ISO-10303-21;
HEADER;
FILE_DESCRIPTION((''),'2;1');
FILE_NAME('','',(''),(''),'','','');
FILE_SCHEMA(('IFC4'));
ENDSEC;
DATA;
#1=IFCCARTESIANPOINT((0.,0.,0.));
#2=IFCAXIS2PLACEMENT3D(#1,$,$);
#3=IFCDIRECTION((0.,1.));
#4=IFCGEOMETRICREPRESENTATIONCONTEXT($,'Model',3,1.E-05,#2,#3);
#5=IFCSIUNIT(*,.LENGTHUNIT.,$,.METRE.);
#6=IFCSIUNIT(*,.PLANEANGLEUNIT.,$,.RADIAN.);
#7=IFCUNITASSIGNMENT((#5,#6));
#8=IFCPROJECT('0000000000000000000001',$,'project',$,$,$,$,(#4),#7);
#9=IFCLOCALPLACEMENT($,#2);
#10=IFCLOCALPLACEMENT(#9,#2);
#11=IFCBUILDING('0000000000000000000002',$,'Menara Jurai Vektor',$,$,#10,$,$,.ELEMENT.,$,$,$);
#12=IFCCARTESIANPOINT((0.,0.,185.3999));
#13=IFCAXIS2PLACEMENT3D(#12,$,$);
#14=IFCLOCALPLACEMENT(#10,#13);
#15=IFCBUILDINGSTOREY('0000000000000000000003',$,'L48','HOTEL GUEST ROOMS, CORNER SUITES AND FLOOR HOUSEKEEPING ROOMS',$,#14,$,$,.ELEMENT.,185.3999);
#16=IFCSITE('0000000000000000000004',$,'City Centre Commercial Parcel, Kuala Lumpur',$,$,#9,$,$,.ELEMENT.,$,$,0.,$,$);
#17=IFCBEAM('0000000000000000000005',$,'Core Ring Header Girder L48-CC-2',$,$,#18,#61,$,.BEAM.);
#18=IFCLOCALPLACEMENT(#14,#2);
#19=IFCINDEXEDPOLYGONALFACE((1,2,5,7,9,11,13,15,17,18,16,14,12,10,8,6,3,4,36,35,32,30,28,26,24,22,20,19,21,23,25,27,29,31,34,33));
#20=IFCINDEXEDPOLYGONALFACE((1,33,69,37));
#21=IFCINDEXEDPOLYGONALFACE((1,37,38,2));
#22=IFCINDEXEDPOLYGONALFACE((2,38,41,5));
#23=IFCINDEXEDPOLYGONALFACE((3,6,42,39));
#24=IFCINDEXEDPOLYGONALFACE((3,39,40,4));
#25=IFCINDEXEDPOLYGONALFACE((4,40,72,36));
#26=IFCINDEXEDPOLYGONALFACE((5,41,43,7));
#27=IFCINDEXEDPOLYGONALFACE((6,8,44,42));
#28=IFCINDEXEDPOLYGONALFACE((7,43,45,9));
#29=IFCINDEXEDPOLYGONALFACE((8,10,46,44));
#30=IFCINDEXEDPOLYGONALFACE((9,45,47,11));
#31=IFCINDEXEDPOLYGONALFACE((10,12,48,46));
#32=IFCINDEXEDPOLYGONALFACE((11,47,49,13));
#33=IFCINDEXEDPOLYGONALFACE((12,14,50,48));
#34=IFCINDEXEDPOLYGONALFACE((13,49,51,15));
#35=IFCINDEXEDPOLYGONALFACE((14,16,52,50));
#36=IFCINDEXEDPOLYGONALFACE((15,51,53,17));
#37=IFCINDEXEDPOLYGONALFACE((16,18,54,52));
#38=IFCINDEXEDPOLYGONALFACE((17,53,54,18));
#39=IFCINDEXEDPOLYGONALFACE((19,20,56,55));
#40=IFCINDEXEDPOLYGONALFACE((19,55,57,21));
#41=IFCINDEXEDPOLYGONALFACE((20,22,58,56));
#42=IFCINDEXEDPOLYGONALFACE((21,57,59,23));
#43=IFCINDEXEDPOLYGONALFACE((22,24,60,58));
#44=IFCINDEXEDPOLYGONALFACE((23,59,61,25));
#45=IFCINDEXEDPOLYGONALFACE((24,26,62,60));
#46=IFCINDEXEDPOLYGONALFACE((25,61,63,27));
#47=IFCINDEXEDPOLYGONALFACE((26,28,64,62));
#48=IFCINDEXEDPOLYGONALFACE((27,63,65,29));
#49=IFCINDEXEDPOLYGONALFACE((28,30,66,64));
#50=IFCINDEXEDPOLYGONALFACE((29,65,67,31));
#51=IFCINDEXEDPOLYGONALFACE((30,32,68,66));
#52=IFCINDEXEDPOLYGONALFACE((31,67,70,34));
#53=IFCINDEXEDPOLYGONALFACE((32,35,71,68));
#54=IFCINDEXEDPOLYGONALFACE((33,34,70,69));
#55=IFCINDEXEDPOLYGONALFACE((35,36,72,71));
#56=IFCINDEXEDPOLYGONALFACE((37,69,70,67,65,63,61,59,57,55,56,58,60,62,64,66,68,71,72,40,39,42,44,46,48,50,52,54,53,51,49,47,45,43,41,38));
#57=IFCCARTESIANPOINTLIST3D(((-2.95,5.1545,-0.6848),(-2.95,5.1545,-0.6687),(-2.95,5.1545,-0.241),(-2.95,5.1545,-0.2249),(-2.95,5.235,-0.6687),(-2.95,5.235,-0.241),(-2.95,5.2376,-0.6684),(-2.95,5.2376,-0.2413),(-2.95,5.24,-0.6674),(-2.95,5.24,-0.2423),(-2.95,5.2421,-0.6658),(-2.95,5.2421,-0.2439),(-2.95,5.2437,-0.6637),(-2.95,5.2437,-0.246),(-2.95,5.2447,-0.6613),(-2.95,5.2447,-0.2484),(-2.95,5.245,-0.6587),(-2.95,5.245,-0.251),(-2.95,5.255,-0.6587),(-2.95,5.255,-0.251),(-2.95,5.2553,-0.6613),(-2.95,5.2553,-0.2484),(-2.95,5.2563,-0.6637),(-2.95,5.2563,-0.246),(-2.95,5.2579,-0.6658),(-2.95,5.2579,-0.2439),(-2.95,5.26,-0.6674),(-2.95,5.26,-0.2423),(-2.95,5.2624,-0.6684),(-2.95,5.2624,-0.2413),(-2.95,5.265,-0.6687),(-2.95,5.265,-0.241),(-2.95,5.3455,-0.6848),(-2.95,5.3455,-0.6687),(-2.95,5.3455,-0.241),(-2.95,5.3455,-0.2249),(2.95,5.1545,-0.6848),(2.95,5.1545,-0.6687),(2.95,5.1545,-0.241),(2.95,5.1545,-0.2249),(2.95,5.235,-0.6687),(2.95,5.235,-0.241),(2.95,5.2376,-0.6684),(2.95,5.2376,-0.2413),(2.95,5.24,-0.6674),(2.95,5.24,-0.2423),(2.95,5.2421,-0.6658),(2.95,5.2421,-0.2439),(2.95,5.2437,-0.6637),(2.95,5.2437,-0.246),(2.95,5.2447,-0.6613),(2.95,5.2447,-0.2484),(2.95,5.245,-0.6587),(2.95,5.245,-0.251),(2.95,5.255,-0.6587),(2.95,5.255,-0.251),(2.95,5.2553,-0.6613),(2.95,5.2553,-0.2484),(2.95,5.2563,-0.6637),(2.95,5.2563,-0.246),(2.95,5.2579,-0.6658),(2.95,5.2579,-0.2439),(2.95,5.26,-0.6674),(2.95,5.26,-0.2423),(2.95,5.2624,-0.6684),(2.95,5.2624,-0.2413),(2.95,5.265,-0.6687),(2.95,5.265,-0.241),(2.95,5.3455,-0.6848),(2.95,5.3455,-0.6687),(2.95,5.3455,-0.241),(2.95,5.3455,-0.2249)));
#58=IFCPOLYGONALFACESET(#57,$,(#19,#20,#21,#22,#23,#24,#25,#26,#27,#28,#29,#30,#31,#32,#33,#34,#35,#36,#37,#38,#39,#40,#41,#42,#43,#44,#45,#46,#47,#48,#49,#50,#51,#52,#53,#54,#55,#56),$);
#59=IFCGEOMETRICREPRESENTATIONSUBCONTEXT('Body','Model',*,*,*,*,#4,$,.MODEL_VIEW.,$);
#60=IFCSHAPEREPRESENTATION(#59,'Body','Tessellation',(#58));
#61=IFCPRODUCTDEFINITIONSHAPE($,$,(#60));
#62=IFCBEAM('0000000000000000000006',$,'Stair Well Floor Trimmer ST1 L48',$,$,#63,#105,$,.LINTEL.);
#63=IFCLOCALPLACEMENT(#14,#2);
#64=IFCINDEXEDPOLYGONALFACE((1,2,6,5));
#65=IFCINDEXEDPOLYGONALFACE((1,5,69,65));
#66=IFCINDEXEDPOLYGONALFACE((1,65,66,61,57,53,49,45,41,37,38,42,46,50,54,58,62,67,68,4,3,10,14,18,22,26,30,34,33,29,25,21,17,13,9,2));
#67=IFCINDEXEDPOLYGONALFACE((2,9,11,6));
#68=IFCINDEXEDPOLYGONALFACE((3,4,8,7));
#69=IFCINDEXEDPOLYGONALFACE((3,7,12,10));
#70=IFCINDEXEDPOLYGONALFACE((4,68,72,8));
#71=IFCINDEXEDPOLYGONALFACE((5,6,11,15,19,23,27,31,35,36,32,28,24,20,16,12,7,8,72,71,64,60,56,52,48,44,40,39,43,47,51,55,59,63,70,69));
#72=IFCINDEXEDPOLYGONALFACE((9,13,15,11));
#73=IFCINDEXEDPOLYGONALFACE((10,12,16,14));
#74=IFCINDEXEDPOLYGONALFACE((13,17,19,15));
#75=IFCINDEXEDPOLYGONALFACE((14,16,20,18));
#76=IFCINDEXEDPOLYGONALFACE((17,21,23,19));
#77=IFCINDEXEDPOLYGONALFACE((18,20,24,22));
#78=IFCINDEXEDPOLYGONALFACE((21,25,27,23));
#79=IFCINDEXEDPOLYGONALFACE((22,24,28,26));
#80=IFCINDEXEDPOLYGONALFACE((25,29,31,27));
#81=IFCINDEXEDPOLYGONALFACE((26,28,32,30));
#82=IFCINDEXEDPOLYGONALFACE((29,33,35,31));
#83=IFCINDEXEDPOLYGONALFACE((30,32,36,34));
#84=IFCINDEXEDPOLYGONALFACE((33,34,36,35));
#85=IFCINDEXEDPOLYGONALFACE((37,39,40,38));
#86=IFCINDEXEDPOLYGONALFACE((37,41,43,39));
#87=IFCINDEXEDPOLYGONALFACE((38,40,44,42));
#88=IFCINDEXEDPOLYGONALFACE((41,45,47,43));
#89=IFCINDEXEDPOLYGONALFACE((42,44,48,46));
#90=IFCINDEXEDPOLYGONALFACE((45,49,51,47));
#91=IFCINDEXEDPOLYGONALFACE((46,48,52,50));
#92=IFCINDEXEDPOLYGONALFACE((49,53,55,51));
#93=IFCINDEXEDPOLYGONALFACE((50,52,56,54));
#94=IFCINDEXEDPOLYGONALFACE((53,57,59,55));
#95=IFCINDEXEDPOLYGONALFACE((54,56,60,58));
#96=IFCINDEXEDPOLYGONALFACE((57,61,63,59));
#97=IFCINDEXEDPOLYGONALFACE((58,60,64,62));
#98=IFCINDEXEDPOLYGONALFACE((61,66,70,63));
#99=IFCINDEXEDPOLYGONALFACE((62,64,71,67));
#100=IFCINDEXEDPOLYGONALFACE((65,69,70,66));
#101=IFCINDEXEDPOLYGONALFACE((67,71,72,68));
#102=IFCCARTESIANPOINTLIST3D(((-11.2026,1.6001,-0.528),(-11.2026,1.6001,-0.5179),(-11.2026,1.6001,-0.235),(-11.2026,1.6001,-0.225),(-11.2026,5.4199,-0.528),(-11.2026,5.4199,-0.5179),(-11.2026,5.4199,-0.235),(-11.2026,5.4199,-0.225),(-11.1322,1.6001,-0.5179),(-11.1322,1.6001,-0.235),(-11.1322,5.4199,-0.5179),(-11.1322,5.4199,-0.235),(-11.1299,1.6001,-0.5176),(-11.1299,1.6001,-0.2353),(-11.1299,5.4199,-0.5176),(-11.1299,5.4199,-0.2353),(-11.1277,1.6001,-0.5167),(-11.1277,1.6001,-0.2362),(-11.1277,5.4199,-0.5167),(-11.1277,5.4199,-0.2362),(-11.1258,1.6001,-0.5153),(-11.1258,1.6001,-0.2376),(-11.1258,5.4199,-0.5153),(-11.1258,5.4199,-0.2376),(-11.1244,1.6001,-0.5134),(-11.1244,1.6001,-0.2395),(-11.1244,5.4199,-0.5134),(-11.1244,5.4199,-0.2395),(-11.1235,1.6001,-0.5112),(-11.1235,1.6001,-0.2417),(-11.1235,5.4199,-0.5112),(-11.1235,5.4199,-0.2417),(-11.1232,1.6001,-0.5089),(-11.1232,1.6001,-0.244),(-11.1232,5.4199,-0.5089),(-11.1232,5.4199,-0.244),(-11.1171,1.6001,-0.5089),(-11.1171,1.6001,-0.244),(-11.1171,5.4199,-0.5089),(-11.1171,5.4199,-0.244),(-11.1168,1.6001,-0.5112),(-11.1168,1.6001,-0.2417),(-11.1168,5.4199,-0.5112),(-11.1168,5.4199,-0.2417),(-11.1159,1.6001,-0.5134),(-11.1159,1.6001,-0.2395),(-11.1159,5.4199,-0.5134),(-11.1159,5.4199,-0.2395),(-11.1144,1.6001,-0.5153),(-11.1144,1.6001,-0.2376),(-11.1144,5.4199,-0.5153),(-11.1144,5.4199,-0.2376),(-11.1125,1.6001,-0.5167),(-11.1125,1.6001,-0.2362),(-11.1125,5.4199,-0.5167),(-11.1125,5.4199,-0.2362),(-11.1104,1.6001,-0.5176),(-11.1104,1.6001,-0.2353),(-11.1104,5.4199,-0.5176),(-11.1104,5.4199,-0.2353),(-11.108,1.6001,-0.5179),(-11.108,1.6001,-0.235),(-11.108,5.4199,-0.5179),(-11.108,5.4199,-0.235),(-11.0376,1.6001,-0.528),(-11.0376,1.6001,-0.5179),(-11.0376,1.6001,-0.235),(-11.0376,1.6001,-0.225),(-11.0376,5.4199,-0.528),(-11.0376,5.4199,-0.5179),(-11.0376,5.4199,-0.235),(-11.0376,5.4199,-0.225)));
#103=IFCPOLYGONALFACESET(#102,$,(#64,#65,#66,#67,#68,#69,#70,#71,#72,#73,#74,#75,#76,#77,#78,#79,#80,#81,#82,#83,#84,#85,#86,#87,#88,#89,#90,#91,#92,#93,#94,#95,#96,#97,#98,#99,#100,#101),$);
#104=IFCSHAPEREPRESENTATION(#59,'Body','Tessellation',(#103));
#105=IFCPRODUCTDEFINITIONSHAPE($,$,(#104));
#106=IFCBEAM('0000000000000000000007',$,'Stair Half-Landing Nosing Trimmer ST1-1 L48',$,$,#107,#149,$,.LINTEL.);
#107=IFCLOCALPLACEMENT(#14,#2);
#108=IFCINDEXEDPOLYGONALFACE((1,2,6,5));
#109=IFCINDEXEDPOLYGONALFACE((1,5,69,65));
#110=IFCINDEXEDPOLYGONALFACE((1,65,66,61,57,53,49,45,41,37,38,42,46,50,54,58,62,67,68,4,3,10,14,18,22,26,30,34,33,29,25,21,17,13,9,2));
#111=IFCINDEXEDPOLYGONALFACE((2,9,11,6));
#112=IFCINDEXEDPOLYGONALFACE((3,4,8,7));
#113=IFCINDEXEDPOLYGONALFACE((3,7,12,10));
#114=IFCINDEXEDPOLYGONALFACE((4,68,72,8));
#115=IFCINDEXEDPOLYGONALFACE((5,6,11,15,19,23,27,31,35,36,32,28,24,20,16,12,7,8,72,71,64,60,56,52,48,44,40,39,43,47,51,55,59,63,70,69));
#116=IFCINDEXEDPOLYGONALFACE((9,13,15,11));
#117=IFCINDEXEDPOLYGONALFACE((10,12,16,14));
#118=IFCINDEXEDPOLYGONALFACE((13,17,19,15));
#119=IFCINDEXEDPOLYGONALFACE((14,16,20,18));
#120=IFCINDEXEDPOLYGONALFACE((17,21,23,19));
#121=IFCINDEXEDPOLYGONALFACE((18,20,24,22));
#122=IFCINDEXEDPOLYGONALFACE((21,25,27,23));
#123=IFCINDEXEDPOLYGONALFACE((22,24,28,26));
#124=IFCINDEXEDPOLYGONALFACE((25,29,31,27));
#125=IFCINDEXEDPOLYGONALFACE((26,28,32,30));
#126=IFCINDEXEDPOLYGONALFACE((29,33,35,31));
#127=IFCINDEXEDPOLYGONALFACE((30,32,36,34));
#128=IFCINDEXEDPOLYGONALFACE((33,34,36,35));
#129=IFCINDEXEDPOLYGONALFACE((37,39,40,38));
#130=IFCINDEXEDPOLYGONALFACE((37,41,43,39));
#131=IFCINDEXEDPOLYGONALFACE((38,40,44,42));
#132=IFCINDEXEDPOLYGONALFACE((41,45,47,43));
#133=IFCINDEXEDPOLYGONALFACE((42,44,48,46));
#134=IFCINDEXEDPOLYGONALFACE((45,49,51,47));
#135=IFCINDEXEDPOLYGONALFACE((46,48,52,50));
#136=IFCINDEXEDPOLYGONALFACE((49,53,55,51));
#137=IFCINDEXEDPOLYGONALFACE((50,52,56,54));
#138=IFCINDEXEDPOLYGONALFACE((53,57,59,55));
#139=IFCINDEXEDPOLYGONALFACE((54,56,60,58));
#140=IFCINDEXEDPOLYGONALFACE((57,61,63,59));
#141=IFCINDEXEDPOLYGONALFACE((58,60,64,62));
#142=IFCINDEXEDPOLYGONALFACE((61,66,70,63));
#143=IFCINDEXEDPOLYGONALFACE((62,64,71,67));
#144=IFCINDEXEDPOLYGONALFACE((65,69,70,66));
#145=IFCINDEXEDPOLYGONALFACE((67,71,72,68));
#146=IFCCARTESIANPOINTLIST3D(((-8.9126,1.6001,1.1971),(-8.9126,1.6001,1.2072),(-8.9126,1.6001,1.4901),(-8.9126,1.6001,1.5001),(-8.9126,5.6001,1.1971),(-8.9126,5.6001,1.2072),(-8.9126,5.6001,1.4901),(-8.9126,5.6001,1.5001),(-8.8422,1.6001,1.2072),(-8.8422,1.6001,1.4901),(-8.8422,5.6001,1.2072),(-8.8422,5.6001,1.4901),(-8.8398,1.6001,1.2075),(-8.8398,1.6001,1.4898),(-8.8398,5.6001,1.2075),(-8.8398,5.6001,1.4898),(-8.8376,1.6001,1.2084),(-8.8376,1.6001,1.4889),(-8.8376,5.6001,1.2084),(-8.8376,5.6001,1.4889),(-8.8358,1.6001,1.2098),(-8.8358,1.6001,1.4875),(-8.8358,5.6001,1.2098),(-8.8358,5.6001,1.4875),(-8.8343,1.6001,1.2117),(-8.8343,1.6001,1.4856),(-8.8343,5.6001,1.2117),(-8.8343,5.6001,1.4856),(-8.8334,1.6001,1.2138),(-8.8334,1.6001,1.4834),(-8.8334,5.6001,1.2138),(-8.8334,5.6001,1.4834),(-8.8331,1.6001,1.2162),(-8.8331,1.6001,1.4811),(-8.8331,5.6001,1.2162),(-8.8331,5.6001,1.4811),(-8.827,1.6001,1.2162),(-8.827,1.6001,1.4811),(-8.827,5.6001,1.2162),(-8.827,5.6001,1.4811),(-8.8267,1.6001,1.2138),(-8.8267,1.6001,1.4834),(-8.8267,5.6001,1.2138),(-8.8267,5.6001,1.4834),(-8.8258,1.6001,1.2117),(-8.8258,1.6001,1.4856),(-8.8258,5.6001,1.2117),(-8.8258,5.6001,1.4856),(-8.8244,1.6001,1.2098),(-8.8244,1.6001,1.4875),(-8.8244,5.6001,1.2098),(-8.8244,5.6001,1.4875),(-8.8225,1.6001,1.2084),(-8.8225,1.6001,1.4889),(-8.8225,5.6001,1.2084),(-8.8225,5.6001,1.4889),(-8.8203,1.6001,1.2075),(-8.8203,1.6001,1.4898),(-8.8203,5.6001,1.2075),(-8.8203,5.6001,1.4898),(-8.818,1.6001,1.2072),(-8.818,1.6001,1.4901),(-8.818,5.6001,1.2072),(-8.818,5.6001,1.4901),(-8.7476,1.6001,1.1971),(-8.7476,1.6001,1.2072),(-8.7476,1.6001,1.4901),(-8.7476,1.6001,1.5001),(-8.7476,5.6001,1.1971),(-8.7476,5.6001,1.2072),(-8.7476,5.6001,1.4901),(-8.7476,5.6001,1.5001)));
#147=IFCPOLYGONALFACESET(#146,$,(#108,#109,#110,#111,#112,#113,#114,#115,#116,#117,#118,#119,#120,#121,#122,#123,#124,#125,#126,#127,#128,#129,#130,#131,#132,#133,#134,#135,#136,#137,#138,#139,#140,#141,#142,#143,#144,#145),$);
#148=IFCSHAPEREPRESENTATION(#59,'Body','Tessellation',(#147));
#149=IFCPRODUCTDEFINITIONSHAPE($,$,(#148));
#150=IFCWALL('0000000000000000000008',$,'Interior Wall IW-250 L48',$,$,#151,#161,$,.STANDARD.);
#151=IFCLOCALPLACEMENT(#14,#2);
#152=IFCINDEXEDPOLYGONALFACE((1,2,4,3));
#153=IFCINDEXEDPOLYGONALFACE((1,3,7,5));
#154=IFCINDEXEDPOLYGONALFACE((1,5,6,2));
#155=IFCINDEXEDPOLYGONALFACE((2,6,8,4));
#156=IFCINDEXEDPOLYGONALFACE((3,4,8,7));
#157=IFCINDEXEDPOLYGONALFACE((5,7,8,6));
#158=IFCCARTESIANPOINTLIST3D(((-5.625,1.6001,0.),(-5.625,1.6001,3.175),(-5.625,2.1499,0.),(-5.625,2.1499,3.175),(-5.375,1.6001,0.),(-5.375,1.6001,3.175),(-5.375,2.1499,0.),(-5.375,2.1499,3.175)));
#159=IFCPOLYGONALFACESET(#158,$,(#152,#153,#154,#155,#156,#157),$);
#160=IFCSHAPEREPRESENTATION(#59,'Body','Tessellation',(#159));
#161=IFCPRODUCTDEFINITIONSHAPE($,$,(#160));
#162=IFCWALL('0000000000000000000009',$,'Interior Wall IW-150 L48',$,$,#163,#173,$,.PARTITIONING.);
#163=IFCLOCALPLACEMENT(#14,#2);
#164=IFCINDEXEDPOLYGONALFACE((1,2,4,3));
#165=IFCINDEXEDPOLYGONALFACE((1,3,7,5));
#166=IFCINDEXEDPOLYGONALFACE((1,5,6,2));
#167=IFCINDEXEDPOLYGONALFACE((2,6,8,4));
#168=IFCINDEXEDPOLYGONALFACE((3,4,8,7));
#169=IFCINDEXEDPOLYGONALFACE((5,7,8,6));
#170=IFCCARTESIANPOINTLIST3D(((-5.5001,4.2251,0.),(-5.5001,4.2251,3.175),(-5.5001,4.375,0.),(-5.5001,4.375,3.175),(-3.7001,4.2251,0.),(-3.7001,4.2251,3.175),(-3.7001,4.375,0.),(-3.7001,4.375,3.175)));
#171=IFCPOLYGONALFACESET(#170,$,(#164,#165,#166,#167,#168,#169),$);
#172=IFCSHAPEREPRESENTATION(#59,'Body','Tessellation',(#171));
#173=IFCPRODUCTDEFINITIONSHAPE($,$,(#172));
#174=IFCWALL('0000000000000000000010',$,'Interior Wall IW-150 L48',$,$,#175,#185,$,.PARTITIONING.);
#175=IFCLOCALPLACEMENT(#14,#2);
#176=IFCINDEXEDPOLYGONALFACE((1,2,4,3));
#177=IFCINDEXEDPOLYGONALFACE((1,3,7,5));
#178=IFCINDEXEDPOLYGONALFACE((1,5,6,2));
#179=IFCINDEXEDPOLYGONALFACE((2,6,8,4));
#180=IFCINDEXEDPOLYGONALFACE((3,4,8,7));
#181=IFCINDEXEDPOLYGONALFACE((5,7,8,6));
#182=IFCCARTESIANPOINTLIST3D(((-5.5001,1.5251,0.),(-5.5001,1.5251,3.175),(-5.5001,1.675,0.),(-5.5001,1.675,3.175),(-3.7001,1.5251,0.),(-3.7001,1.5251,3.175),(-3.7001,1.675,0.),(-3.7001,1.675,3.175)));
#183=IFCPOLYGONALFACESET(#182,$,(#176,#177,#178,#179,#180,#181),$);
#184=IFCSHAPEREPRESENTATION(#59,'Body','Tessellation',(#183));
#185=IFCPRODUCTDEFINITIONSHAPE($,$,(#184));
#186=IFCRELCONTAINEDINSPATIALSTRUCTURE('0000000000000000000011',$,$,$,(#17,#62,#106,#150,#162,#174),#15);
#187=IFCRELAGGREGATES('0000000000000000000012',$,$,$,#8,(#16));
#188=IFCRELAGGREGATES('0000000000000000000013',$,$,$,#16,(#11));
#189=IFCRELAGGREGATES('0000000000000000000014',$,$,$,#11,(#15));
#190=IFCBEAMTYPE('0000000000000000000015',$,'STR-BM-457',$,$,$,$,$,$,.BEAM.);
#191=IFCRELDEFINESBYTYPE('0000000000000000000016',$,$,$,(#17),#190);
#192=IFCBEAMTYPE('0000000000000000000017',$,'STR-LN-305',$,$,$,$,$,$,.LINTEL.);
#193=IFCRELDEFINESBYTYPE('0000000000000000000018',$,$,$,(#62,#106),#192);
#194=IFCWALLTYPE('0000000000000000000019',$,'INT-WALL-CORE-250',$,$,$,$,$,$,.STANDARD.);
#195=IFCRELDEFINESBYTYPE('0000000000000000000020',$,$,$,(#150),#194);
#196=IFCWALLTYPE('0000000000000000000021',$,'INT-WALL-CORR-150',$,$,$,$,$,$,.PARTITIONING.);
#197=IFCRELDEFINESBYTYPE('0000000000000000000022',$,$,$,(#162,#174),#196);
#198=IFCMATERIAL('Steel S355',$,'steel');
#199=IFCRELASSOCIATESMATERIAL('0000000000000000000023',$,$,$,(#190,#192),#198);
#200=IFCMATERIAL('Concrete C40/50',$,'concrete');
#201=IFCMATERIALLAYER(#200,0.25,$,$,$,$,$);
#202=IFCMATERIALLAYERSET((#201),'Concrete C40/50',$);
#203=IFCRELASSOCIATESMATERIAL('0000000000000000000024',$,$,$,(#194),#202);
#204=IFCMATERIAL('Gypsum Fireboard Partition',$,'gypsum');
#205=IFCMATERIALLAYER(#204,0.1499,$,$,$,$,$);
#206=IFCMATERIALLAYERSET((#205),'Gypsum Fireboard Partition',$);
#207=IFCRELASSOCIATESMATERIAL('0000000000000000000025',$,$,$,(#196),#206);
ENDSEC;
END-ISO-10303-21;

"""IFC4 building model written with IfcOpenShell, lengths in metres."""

from ifc_helpers import new_model, si_unit, direction, frame, frame_2d, origin, origin_2d, place, context, subcontext, project, spatial, rectangle, i_section, extrude, material, layer, layer_set, material_profile, profile_set, type_object, element, save


model = new_model("IFC4")

# Units and contexts
model_context = context("Model", 3, precision=1e-05, world=origin(), true_north=direction((0.0, 1.0)))
body_context = subcontext(model_context, "Body", "Model", "MODEL_VIEW")
ifc_project = project(units=[si_unit("LENGTHUNIT", "METRE"), si_unit("PLANEANGLEUNIT", "RADIAN")], contexts=[model_context])

# Site, building, storey
site_placement = place(None, origin())
site = spatial("IfcSite", under=ifc_project, at=site_placement, Name="City Centre Commercial Parcel, Kuala Lumpur", CompositionType="ELEMENT", RefElevation=0.0)
building_placement = place(site_placement, origin())
building = spatial("IfcBuilding", under=site, at=building_placement, Name="Menara Jurai Vektor", CompositionType="ELEMENT")
storey_placement = place(building_placement, frame((0.0, 0.0, 185.3999)))
storey = spatial("IfcBuildingStorey", under=building, at=storey_placement, Name="L48", Description="HOTEL GUEST ROOMS, CORNER SUITES AND FLOOR HOUSEKEEPING ROOMS", CompositionType="ELEMENT", Elevation=185.3999)

# Shared definitions
ifc_material_1 = material(Name="Steel S355", Category="steel")

# Beams
ifc_material_profile_1 = material_profile(ifc_material_1, i_section(OverallWidth=0.1909, OverallDepth=0.46, WebThickness=0.01, FlangeThickness=0.0161, FilletRadius=0.01, at=origin_2d()), Name="UKB 457x191x82")
ifc_profile_set_1 = profile_set([ifc_material_profile_1], Name="Steel S355")
beam_type_1 = type_object("IfcBeamType", Name="STR-BM-457", PredefinedType="BEAM", material=ifc_profile_set_1)
beam_1_placement = place(storey_placement, frame((-2.95, 5.25, -0.4548), z_axis=(1.0, 0.0, 0.0), x_axis=(0.0, 1.0, 0.0)))
element("IfcBeam", 1, at=beam_1_placement, inside=storey, type_object=beam_type_1, Name="Core Ring Header Girder L48-CC-2", PredefinedType="BEAM", context=body_context, shape_type="SweptSolid", body=[
    extrude(i_section(OverallWidth=0.1909, OverallDepth=0.46, WebThickness=0.01, FlangeThickness=0.0161, FilletRadius=0.01, at=origin_2d()), origin(), (0.0, 0.0, 1.0), 5.8999),
])
ifc_material_profile_2 = material_profile(ifc_material_1, i_section(OverallWidth=0.165, OverallDepth=0.303, WebThickness=0.0061, FlangeThickness=0.01, FilletRadius=0.009, at=origin_2d()), Name="UKB 305x165x40")
ifc_profile_set_2 = profile_set([ifc_material_profile_2], Name="Steel S355")
beam_type_2 = type_object("IfcBeamType", Name="STR-LN-305", PredefinedType="LINTEL", material=ifc_profile_set_2)
beam_2_placement = place(storey_placement, frame((-11.1201, 1.6001, -0.3765), z_axis=(0.0, 1.0, 0.0), x_axis=(-1.0, 0.0, 0.0)))
element("IfcBeam", 2, at=beam_2_placement, inside=storey, type_object=beam_type_2, Name="Stair Well Floor Trimmer ST1 L48", PredefinedType="LINTEL", context=body_context, shape_type="SweptSolid", body=[
    extrude(i_section(OverallWidth=0.165, OverallDepth=0.303, WebThickness=0.0061, FlangeThickness=0.01, FilletRadius=0.009, at=origin_2d()), origin(), (0.0, 0.0, 1.0), 3.8198),
])
beam_3_placement = place(storey_placement, frame((-8.8301, 1.6001, 1.3486), z_axis=(0.0, 1.0, 0.0), x_axis=(-1.0, 0.0, 0.0)))
element("IfcBeam", 3, at=beam_3_placement, inside=storey, type_object=beam_type_2, Name="Stair Half-Landing Nosing Trimmer ST1-1 L48", PredefinedType="LINTEL", context=body_context, shape_type="SweptSolid", body=[
    extrude(i_section(OverallWidth=0.165, OverallDepth=0.303, WebThickness=0.0061, FlangeThickness=0.01, FilletRadius=0.009, at=origin_2d()), origin(), (0.0, 0.0, 1.0), 4.0),
])

# Shared definitions
ifc_material_2 = material(Name="Concrete C40/50", Category="concrete")
ifc_layer_1 = layer(ifc_material_2, 0.25)
ifc_layer_set_1 = layer_set([ifc_layer_1], Name="Concrete C40/50")
wall_type_1 = type_object("IfcWallType", Name="INT-WALL-CORE-250", PredefinedType="STANDARD", material=ifc_layer_set_1)

# Walls
wall_1_placement = place(storey_placement, frame((-5.5, 1.6001, 0.0), z_axis=(0.0, 0.0, 1.0), x_axis=(0.0, 1.0, 0.0)))
element("IfcWall", 4, at=wall_1_placement, inside=storey, type_object=wall_type_1, Name="Interior Wall IW-250 L48", PredefinedType="STANDARD", context=body_context, shape_type="SweptSolid", body=[
    extrude(rectangle(XDim=0.5498, YDim=0.25, at=frame_2d((0.2749, 0.0))), origin(), (0.0, 0.0, 1.0), 3.175),
])
ifc_material_3 = material(Name="Gypsum Fireboard Partition", Category="gypsum")
ifc_layer_2 = layer(ifc_material_3, 0.1499)
ifc_layer_set_2 = layer_set([ifc_layer_2], Name="Gypsum Fireboard Partition")
wall_type_2 = type_object("IfcWallType", Name="INT-WALL-CORR-150", PredefinedType="PARTITIONING", material=ifc_layer_set_2)
for number, where, z_axis, x_axis, name in (
    (5, (-5.5, 4.3, 0.0), (0.0, 0.0, 1.0), (1.0, 0.0, 0.0), "Interior Wall IW-150 L48"),
    (6, (-5.5, 1.6001, 0.0), (0.0, 0.0, 1.0), (1.0, 0.0, 0.0), "Interior Wall IW-150 L48"),
):
    element("IfcWall", number, at=place(storey_placement, frame(where, z_axis=z_axis, x_axis=x_axis)), inside=storey, type_object=wall_type_2, Name=name, PredefinedType="PARTITIONING", context=body_context, shape_type="SweptSolid", body=[
        extrude(rectangle(XDim=1.8, YDim=0.1499, at=frame_2d((0.8999, 0.0))), origin(), (0.0, 0.0, 1.0), 3.175),
    ])

save(model, "model.ifc")
